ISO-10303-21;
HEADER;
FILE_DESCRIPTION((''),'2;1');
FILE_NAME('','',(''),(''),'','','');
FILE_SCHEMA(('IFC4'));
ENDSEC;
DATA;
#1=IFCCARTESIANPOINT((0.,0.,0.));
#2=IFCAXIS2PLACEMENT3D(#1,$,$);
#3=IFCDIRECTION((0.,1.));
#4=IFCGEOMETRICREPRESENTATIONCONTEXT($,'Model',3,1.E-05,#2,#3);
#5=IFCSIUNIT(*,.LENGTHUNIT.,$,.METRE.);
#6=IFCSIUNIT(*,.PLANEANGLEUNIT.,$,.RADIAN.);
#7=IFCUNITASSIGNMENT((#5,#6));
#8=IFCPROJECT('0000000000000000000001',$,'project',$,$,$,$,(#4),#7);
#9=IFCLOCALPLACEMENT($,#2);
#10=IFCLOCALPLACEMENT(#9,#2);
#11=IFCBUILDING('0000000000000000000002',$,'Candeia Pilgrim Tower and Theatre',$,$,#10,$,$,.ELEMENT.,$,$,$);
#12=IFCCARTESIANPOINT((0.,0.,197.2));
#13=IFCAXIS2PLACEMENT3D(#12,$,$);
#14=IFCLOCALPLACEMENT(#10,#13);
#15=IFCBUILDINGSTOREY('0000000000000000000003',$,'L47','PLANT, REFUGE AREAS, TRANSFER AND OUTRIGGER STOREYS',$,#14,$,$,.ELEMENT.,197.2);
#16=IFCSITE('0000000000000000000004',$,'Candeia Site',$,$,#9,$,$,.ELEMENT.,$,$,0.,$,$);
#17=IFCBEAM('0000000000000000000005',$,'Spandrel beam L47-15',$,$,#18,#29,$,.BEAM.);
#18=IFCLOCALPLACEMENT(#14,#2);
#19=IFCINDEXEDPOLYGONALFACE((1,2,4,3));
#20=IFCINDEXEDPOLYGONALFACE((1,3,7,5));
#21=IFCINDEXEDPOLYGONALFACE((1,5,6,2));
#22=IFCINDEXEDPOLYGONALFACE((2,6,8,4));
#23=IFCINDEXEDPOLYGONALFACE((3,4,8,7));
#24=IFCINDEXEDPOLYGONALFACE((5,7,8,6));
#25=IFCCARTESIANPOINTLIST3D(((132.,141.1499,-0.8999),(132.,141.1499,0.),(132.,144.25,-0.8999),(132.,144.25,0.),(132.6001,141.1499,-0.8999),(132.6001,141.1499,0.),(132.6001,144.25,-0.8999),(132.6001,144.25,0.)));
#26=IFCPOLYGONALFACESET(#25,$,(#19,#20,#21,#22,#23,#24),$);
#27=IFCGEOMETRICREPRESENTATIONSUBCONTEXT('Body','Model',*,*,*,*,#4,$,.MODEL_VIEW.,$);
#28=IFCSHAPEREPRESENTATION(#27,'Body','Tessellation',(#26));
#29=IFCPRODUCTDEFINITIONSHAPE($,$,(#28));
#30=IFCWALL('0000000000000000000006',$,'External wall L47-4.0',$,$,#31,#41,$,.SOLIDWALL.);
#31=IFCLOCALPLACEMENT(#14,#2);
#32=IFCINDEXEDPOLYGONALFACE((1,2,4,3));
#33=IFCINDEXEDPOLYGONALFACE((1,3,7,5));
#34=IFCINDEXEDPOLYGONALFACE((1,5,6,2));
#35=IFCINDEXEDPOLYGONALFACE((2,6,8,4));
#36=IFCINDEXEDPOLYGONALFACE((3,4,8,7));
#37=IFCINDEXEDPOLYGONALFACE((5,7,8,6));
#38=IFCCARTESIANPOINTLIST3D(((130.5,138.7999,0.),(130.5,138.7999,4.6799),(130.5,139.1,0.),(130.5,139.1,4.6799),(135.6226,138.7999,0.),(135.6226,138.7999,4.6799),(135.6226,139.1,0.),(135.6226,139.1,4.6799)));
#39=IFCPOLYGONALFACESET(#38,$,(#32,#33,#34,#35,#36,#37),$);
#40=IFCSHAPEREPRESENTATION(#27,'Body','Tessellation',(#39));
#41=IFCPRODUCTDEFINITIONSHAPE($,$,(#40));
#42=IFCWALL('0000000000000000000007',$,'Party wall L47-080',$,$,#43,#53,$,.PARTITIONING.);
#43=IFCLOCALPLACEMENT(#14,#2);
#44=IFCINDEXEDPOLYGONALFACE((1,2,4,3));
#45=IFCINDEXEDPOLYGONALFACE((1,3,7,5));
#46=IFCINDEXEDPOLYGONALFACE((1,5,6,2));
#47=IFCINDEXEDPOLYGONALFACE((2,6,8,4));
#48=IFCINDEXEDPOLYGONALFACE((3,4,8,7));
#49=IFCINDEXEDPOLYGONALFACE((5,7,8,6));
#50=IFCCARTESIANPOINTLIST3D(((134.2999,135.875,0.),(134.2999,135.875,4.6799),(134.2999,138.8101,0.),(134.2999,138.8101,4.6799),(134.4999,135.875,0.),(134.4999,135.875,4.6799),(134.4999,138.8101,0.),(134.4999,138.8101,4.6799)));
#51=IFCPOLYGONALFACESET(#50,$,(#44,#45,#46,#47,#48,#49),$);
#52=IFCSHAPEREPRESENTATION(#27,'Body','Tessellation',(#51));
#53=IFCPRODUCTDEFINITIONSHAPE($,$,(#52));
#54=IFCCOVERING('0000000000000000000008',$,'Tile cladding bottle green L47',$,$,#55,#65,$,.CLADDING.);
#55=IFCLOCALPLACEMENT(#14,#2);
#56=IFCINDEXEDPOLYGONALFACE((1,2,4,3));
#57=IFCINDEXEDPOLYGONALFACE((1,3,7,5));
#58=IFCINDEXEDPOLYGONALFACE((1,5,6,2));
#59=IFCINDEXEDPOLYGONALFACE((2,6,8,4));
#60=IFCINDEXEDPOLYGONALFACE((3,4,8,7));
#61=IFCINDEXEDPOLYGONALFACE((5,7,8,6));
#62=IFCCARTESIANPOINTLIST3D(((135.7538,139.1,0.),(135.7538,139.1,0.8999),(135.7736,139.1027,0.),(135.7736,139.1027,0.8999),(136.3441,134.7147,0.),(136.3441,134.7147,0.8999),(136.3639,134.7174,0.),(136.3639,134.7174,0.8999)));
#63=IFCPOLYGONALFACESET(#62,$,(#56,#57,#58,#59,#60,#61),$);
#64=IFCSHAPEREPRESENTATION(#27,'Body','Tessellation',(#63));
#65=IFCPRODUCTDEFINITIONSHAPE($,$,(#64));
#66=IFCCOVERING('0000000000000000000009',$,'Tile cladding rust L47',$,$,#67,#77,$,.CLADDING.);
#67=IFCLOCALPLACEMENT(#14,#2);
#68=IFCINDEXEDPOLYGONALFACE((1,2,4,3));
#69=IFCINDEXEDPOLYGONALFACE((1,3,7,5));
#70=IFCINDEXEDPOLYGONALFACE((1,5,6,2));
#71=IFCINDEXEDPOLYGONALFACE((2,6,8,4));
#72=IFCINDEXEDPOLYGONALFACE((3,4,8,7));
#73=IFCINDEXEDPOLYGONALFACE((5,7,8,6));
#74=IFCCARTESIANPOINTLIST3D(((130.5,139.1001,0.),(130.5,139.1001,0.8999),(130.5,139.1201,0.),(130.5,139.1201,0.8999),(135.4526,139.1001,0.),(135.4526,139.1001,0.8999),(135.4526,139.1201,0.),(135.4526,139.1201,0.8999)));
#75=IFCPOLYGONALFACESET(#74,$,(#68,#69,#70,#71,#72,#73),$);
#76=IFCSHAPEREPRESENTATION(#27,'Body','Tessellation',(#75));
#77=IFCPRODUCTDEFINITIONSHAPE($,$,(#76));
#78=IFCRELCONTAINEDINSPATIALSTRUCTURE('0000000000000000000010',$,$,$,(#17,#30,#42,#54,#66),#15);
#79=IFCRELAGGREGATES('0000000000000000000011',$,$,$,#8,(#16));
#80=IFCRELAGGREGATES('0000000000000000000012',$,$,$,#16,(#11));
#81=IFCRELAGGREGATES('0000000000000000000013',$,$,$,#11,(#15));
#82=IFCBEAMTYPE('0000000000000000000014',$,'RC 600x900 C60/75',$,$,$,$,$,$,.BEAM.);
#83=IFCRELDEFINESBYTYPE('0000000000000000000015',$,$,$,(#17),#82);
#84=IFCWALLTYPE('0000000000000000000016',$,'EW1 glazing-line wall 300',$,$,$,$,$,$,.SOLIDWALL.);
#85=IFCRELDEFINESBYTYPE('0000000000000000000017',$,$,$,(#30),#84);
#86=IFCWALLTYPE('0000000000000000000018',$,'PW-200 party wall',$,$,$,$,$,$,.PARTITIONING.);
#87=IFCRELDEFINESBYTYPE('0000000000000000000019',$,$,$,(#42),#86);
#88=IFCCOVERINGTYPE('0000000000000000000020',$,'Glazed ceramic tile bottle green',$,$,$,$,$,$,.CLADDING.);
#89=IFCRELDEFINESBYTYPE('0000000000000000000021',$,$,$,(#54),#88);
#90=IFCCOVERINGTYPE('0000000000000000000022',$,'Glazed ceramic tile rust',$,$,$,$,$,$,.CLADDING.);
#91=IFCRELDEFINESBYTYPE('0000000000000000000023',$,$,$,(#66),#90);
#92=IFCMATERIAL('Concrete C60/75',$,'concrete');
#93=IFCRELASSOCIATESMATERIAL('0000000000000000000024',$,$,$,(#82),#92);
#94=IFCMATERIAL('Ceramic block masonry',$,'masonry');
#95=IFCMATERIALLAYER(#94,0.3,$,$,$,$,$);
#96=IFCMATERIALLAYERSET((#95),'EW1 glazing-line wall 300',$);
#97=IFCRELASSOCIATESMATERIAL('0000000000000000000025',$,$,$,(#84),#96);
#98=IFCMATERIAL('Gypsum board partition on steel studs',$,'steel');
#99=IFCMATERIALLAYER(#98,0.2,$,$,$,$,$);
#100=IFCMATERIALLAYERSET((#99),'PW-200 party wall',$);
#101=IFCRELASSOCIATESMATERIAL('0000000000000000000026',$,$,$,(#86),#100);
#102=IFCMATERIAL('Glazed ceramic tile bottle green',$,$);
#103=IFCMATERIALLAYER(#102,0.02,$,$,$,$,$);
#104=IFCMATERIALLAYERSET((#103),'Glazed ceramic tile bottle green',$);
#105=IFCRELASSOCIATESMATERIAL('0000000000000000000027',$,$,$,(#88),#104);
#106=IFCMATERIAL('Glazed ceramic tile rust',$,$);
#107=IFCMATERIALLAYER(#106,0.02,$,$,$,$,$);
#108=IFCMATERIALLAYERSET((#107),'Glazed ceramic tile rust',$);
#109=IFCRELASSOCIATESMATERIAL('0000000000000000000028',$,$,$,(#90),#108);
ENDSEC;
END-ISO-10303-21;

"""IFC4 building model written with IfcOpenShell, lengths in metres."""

from ifc_helpers import new_model, si_unit, direction, frame, frame_2d, origin, origin_2d, place, context, subcontext, project, spatial, rectangle, extrude, material, layer, layer_set, material_profile, profile_set, type_object, element, save


model = new_model("IFC4")

# Units and contexts
model_context = context("Model", 3, precision=1e-05, world=origin(), true_north=direction((0.0, 1.0)))
body_context = subcontext(model_context, "Body", "Model", "MODEL_VIEW")
ifc_project = project(units=[si_unit("LENGTHUNIT", "METRE"), si_unit("PLANEANGLEUNIT", "RADIAN")], contexts=[model_context])

# Site, building, storey
site_placement = place(None, origin())
site = spatial("IfcSite", under=ifc_project, at=site_placement, Name="Candeia Site", CompositionType="ELEMENT", RefElevation=0.0)
building_placement = place(site_placement, origin())
building = spatial("IfcBuilding", under=site, at=building_placement, Name="Candeia Pilgrim Tower and Theatre", CompositionType="ELEMENT")
storey_placement = place(building_placement, frame((0.0, 0.0, 197.2)))
storey = spatial("IfcBuildingStorey", under=building, at=storey_placement, Name="L47", Description="PLANT, REFUGE AREAS, TRANSFER AND OUTRIGGER STOREYS", CompositionType="ELEMENT", Elevation=197.2)

# Shared definitions
ifc_material_1 = material(Name="Concrete C60/75", Category="concrete")

# Beam
ifc_material_profile_1 = material_profile(ifc_material_1, rectangle(XDim=0.6001, YDim=0.8999, at=origin_2d()))
ifc_profile_set_1 = profile_set([ifc_material_profile_1], Name="Concrete C60/75")
beam_type = type_object("IfcBeamType", Name="RC 600x900 C60/75", PredefinedType="BEAM", material=ifc_profile_set_1)
beam_1_placement = place(storey_placement, frame((132.3, 141.1499, -0.45), z_axis=(0.0, 1.0, 0.0), x_axis=(-1.0, 0.0, 0.0)))
element("IfcBeam", 1, at=beam_1_placement, inside=storey, type_object=beam_type, Name="Spandrel beam L47-15", PredefinedType="BEAM", context=body_context, shape_type="SweptSolid", body=[
    extrude(rectangle(XDim=0.6001, YDim=0.8999, at=origin_2d()), origin(), (0.0, 0.0, 1.0), 3.1001),
])

# Walls
ifc_material_2 = material(Name="Ceramic block masonry", Category="masonry")
ifc_layer_1 = layer(ifc_material_2, 0.3)
ifc_layer_set_1 = layer_set([ifc_layer_1], Name="EW1 glazing-line wall 300")
wall_type_1 = type_object("IfcWallType", Name="EW1 glazing-line wall 300", PredefinedType="SOLIDWALL", material=ifc_layer_set_1)
wall_1_placement = place(storey_placement, frame((135.6226, 138.95, 0.0), z_axis=(0.0, 0.0, 1.0), x_axis=(-1.0, 0.0, 0.0)))
element("IfcWall", 2, at=wall_1_placement, inside=storey, type_object=wall_type_1, Name="External wall L47-4.0", PredefinedType="SOLIDWALL", context=body_context, shape_type="SweptSolid", body=[
    extrude(rectangle(XDim=5.1226, YDim=0.3, at=frame_2d((2.5613, 0.0))), origin(), (0.0, 0.0, 1.0), 4.6799),
])
ifc_material_3 = material(Name="Gypsum board partition on steel studs", Category="steel")
ifc_layer_2 = layer(ifc_material_3, 0.2)
ifc_layer_set_2 = layer_set([ifc_layer_2], Name="PW-200 party wall")
wall_type_2 = type_object("IfcWallType", Name="PW-200 party wall", PredefinedType="PARTITIONING", material=ifc_layer_set_2)
wall_2_placement = place(storey_placement, frame((134.3999, 135.875, 0.0), z_axis=(0.0, 0.0, 1.0), x_axis=(0.0, 1.0, 0.0)))
element("IfcWall", 3, at=wall_2_placement, inside=storey, type_object=wall_type_2, Name="Party wall L47-080", PredefinedType="PARTITIONING", context=body_context, shape_type="SweptSolid", body=[
    extrude(rectangle(XDim=2.9351, YDim=0.2, at=frame_2d((1.4675, 0.0))), origin(), (0.0, 0.0, 1.0), 4.6799),
])

# Coverings
ifc_material_4 = material(Name="Glazed ceramic tile bottle green")
ifc_layer_3 = layer(ifc_material_4, 0.02)
ifc_layer_set_3 = layer_set([ifc_layer_3], Name="Glazed ceramic tile bottle green")
covering_type_1 = type_object("IfcCoveringType", Name="Glazed ceramic tile bottle green", PredefinedType="CLADDING", material=ifc_layer_set_3)
covering_1_placement = place(storey_placement, frame((136.0588, 136.9087, 0.0), z_axis=(0.0, 0.0, 1.0), x_axis=(-0.133412, 0.991061, 0.0)))
element("IfcCovering", 4, at=covering_1_placement, inside=storey, type_object=covering_type_1, Name="Tile cladding bottle green L47", PredefinedType="CLADDING", context=body_context, shape_type="SweptSolid", body=[
    extrude(rectangle(XDim=4.4248, YDim=0.02, at=origin_2d()), origin(), (0.0, 0.0, 1.0), 0.8999),
])
ifc_material_5 = material(Name="Glazed ceramic tile rust")
ifc_layer_4 = layer(ifc_material_5, 0.02)
ifc_layer_set_4 = layer_set([ifc_layer_4], Name="Glazed ceramic tile rust")
covering_type_2 = type_object("IfcCoveringType", Name="Glazed ceramic tile rust", PredefinedType="CLADDING", material=ifc_layer_set_4)
covering_2_placement = place(storey_placement, frame((132.9763, 139.1101, 0.0), z_axis=(0.0, 0.0, 1.0), x_axis=(-1.0, 0.0, 0.0)))
element("IfcCovering", 5, at=covering_2_placement, inside=storey, type_object=covering_type_2, Name="Tile cladding rust L47", PredefinedType="CLADDING", context=body_context, shape_type="SweptSolid", body=[
    extrude(rectangle(XDim=4.9526, YDim=0.02, at=origin_2d()), origin(), (0.0, 0.0, 1.0), 0.8999),
])

save(model, "model.ifc")
